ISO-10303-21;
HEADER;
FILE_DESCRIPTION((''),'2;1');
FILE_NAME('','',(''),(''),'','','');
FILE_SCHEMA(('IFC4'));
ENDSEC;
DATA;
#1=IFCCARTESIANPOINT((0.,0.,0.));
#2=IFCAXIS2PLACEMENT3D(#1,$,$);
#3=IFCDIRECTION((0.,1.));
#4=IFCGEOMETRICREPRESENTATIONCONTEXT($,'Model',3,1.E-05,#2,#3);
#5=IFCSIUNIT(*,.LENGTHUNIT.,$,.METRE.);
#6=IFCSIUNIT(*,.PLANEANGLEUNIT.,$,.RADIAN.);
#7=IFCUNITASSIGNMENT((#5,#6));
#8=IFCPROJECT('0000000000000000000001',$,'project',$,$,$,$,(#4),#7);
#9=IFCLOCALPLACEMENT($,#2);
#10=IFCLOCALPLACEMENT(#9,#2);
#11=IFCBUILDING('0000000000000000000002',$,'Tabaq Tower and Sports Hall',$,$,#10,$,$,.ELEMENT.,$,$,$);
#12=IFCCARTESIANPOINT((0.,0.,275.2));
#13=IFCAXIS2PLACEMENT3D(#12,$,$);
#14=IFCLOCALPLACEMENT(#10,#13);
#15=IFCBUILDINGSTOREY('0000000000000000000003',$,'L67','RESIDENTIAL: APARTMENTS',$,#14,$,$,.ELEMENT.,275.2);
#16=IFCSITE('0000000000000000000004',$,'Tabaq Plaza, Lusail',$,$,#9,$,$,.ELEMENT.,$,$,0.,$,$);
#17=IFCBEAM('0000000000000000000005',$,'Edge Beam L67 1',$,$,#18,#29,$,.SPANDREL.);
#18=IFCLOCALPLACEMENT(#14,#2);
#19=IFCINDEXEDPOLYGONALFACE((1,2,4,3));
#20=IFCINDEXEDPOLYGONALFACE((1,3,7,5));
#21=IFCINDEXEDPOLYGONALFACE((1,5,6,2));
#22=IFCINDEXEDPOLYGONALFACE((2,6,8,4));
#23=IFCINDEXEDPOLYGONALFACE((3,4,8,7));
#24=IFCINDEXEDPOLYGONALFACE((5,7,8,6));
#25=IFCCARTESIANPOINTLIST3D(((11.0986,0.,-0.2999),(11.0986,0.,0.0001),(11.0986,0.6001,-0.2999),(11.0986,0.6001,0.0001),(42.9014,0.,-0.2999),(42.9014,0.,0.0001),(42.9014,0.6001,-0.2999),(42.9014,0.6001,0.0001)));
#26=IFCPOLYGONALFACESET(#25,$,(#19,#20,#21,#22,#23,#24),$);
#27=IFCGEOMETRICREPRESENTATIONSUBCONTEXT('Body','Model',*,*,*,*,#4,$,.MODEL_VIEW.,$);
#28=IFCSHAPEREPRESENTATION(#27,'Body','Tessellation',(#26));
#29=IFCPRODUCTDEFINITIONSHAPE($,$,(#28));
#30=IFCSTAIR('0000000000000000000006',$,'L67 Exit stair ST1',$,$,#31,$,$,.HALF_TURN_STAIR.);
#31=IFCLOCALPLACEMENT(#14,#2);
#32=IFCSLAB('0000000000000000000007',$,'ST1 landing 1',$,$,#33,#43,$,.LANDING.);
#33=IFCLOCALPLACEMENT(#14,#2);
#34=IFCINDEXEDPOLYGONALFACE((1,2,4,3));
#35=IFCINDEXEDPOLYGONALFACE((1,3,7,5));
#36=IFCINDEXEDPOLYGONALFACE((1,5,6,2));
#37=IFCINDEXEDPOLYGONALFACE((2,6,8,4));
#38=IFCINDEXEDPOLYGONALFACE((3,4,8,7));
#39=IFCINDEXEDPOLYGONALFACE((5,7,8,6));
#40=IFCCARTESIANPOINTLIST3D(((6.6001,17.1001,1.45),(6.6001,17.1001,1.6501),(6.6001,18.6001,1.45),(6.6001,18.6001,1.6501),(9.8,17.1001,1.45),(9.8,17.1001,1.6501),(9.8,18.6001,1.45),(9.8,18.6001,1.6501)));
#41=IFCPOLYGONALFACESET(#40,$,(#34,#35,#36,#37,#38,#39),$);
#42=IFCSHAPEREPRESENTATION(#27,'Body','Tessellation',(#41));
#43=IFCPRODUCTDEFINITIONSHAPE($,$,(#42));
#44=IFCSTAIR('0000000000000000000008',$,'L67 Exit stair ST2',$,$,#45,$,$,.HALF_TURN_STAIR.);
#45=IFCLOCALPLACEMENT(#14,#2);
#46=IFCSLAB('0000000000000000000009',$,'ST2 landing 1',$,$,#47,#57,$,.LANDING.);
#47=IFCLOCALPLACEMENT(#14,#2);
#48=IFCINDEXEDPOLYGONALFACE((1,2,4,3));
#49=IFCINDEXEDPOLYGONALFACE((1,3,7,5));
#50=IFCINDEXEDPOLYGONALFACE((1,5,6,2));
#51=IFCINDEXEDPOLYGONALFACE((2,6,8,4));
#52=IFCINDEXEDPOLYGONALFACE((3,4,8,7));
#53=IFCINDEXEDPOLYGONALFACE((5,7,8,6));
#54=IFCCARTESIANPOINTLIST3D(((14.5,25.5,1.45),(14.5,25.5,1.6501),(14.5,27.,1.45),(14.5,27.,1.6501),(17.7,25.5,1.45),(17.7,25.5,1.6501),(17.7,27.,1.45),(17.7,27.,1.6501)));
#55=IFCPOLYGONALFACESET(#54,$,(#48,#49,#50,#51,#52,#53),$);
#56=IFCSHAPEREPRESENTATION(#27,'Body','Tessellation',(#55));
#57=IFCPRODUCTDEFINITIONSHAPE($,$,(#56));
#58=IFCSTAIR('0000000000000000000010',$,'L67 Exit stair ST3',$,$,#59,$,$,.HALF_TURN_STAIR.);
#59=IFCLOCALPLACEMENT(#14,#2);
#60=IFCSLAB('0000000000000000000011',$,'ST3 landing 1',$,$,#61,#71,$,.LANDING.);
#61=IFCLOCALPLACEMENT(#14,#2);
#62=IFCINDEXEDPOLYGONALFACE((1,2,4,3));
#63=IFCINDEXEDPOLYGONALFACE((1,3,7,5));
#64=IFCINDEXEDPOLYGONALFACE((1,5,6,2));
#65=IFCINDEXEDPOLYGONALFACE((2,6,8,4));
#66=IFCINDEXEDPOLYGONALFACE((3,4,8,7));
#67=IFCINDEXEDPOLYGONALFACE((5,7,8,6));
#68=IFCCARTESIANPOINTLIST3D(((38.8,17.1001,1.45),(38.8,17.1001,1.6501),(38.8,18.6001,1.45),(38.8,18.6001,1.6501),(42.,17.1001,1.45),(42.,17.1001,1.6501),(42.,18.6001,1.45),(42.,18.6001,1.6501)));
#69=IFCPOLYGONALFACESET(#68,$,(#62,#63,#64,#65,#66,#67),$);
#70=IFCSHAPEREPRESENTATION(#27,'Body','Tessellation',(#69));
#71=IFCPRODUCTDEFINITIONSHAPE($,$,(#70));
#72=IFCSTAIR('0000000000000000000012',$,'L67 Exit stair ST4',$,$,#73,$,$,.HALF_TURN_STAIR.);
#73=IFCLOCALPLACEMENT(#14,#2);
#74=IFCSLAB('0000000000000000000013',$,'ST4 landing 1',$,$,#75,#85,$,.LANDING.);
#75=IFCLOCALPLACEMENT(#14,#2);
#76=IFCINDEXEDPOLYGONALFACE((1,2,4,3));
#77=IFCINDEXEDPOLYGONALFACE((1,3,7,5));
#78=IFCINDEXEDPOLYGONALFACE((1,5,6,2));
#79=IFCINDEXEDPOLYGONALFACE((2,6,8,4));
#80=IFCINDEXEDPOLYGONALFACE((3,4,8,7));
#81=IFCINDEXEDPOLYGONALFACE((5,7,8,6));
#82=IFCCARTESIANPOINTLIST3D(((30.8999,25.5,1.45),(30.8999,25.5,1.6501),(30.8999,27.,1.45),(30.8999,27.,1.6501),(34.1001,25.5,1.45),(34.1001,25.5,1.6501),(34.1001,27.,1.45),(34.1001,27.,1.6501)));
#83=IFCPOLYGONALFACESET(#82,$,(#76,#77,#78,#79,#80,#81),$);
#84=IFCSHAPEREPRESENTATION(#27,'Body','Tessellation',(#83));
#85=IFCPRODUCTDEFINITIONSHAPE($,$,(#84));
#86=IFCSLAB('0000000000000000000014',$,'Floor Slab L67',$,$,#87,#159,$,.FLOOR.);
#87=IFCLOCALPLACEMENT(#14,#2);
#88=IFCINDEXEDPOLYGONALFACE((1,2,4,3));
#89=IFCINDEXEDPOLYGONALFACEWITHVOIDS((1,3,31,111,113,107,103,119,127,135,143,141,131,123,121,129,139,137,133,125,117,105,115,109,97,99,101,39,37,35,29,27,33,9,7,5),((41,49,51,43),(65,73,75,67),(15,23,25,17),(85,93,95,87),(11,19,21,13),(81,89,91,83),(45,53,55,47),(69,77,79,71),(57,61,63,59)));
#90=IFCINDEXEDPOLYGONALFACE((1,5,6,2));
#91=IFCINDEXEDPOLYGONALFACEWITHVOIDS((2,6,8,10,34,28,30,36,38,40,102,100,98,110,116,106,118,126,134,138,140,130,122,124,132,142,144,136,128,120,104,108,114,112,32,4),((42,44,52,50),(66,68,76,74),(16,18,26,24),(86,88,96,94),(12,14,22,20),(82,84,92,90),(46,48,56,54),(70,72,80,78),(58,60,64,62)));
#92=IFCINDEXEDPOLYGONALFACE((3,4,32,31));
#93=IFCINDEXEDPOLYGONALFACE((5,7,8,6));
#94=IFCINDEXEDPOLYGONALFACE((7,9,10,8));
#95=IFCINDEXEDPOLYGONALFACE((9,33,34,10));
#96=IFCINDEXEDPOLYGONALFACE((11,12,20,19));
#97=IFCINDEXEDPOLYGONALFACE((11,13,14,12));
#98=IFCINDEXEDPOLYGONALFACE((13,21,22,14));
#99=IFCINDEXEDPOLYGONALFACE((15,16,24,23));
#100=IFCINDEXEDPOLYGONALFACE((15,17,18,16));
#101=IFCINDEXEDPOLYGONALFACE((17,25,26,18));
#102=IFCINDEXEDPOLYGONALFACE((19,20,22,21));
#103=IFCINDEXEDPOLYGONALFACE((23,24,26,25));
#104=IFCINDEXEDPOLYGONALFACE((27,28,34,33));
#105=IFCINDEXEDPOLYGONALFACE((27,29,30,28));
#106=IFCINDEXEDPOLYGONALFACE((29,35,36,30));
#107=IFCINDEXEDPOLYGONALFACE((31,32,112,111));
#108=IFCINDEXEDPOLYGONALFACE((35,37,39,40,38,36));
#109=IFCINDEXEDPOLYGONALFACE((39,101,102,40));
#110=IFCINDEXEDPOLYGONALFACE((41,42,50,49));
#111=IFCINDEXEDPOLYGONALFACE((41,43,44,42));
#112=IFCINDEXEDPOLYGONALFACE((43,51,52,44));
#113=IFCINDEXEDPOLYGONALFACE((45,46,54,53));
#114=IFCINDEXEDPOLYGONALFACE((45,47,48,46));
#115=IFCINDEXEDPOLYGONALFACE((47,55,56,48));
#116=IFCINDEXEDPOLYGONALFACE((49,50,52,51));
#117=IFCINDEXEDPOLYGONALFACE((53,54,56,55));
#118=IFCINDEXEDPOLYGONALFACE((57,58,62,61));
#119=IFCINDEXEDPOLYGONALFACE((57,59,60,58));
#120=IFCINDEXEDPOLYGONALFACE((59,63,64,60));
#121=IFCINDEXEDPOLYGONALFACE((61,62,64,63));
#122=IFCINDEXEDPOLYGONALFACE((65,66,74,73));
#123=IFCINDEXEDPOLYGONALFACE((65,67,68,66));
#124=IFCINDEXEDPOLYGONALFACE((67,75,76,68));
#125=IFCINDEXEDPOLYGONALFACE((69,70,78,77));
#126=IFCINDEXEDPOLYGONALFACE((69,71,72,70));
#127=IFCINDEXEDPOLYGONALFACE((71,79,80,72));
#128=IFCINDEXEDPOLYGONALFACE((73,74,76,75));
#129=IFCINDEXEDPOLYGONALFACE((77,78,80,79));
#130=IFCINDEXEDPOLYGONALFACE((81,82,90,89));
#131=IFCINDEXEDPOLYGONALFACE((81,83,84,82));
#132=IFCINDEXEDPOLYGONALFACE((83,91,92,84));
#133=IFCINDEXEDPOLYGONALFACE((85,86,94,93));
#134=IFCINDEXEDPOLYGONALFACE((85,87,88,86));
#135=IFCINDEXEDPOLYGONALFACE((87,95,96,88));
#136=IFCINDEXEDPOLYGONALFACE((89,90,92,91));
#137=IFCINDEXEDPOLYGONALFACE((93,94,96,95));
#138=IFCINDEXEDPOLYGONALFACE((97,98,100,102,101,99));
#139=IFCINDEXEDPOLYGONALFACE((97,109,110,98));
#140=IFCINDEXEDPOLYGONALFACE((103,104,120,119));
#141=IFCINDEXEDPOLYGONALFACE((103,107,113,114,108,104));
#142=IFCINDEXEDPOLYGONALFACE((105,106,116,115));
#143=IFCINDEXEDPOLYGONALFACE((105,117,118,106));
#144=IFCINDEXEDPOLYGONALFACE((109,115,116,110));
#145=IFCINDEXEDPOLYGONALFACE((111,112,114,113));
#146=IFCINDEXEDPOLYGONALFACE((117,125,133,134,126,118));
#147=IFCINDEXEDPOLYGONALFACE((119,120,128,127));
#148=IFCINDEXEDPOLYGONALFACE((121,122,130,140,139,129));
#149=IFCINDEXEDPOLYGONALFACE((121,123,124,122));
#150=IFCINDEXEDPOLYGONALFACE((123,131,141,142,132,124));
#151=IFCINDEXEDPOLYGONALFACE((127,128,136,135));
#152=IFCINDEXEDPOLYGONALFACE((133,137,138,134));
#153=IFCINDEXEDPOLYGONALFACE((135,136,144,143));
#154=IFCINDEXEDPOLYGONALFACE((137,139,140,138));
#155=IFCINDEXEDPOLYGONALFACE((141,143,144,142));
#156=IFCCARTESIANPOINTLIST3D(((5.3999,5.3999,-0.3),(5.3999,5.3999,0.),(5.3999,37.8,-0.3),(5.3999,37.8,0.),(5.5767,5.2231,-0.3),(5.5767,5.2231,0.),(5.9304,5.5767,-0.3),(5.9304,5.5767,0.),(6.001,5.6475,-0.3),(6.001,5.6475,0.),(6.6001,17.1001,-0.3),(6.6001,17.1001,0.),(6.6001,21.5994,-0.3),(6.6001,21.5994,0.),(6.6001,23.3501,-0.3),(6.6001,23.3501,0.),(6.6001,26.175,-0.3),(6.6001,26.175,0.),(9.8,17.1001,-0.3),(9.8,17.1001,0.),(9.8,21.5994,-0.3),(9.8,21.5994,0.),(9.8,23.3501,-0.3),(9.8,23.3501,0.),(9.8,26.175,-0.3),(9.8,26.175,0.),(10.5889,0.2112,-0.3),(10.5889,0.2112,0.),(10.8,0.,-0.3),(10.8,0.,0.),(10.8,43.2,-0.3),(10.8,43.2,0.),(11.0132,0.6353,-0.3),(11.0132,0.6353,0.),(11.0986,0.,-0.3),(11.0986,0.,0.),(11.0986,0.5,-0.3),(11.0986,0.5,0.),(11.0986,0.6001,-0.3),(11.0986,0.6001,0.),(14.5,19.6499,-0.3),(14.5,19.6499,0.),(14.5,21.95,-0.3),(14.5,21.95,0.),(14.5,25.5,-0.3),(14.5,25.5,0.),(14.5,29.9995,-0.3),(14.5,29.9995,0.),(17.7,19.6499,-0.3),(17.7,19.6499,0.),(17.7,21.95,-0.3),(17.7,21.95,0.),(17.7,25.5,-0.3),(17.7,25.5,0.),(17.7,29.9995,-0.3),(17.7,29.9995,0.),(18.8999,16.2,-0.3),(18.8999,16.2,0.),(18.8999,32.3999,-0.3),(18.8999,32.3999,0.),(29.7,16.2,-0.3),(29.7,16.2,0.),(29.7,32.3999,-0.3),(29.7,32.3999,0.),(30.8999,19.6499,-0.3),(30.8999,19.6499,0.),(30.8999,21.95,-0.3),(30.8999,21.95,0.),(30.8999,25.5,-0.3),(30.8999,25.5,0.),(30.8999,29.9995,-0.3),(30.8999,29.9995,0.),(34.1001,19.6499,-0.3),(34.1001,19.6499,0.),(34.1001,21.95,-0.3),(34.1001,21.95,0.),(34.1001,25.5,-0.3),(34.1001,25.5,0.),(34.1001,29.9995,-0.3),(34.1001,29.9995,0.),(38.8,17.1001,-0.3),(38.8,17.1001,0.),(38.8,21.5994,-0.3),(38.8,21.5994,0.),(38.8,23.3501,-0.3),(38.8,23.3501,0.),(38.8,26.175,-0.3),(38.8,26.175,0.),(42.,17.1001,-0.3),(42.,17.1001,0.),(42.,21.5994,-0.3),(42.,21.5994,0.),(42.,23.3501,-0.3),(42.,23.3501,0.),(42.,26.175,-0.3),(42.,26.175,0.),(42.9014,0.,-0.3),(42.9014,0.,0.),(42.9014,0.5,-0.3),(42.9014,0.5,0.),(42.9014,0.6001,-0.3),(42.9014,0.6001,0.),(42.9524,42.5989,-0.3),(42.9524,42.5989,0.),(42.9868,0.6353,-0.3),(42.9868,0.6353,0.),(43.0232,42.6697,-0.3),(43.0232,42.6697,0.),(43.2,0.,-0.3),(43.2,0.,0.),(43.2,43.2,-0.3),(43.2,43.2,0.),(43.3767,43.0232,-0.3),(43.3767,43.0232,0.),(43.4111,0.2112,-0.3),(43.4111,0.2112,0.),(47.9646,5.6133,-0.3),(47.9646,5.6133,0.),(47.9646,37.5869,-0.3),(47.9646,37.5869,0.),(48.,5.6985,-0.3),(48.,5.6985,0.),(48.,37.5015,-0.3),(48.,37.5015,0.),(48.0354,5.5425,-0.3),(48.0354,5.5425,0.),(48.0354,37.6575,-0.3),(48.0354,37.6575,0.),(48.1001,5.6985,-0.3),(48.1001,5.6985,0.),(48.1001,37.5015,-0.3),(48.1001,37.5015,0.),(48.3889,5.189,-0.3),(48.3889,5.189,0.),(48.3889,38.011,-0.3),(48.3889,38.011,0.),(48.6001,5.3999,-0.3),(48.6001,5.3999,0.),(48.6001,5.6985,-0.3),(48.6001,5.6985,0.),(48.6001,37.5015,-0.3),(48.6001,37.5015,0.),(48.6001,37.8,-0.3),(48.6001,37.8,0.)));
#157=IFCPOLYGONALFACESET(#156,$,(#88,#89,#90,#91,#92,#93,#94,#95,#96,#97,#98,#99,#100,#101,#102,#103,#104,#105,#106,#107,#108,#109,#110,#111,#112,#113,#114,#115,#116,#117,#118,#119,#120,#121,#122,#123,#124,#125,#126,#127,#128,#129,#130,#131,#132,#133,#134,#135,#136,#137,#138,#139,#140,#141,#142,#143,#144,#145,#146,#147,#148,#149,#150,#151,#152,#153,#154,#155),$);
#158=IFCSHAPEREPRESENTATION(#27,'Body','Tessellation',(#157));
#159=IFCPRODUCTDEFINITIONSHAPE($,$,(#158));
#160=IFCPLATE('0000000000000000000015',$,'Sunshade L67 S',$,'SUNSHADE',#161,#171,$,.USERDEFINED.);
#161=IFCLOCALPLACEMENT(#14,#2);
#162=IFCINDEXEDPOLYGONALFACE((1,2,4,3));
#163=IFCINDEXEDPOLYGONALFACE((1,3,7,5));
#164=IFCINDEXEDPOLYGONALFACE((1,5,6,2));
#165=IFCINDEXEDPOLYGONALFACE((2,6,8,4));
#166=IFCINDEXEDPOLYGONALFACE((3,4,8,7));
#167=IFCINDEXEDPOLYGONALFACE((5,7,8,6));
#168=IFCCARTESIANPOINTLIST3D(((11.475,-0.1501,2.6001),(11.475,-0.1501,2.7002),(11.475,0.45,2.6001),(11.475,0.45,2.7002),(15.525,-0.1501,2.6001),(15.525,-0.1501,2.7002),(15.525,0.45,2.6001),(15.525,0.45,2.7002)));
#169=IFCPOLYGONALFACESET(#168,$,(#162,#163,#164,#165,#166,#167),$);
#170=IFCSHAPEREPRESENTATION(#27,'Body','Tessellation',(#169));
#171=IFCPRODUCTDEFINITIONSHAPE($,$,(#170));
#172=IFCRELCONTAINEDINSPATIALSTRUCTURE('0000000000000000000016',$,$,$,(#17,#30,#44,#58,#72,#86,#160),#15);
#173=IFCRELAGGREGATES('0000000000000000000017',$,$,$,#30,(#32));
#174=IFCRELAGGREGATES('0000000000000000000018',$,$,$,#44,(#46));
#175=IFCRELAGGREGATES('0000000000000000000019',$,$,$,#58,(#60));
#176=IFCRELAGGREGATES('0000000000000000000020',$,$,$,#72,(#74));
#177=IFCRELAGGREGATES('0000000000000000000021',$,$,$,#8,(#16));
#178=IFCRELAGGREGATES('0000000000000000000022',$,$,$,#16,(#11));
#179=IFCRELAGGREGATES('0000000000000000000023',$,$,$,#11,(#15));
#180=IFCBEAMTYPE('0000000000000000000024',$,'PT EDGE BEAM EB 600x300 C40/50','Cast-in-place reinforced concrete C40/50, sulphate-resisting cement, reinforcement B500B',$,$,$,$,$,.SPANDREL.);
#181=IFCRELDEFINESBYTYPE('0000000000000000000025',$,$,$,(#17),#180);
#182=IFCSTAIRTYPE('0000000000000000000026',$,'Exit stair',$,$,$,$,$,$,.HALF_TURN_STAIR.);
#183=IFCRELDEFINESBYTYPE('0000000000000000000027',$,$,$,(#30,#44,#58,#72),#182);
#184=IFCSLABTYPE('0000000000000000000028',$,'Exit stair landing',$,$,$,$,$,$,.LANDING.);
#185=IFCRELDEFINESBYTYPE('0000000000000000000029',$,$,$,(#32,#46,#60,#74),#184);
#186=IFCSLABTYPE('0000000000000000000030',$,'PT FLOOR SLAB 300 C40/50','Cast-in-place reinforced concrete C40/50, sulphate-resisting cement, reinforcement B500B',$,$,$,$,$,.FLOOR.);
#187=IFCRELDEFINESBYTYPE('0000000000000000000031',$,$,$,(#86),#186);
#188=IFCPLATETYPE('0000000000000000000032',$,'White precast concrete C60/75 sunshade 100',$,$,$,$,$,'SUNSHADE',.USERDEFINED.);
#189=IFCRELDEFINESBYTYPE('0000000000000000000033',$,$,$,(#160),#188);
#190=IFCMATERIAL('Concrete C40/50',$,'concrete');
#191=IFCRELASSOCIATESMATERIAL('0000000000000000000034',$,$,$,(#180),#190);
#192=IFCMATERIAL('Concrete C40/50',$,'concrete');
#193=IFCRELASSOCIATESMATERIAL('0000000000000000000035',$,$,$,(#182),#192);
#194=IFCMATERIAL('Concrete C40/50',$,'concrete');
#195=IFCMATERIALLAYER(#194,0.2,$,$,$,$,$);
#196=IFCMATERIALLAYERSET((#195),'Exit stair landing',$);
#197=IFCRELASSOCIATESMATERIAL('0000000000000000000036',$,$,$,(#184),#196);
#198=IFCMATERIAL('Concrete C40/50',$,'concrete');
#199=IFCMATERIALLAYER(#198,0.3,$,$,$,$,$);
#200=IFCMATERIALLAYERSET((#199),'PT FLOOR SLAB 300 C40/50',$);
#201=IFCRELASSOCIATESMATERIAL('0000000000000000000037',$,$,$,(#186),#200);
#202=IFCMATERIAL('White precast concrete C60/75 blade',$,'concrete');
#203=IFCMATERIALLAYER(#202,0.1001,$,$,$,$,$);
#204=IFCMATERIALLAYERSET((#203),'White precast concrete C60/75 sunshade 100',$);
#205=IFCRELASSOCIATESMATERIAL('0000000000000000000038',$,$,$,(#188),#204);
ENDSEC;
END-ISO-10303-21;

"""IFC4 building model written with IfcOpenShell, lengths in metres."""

from ifc_helpers import new_model, si_unit, direction, frame, origin, origin_2d, place, context, subcontext, project, spatial, polyline, rectangle, outline, extrude, material, layer, layer_set, material_profile, profile_set, type_object, element, aggregate, save


model = new_model("IFC4")

# Units and contexts
model_context = context("Model", 3, precision=1e-05, world=origin(), true_north=direction((0.0, 1.0)))
body_context = subcontext(model_context, "Body", "Model", "MODEL_VIEW")
ifc_project = project(units=[si_unit("LENGTHUNIT", "METRE"), si_unit("PLANEANGLEUNIT", "RADIAN")], contexts=[model_context])

# Site, building, storey
site_placement = place(None, origin())
site = spatial("IfcSite", under=ifc_project, at=site_placement, Name="Tabaq Plaza, Lusail", CompositionType="ELEMENT", RefElevation=0.0)
building_placement = place(site_placement, origin())
building = spatial("IfcBuilding", under=site, at=building_placement, Name="Tabaq Tower and Sports Hall", CompositionType="ELEMENT")
storey_placement = place(building_placement, frame((0.0, 0.0, 275.2)))
storey = spatial("IfcBuildingStorey", under=building, at=storey_placement, Name="L67", Description="RESIDENTIAL: APARTMENTS", CompositionType="ELEMENT", Elevation=275.2)

# Beam
ifc_material_1 = material(Name="Concrete C40/50", Category="concrete")
ifc_material_profile = material_profile(ifc_material_1, rectangle(XDim=0.6001, YDim=0.3, at=origin_2d()), Name="EB 600x300")
ifc_profile_set = profile_set([ifc_material_profile], Name="Concrete C40/50")
beam_type = type_object("IfcBeamType", Name="PT EDGE BEAM EB 600x300 C40/50", Description="Cast-in-place reinforced concrete C40/50, sulphate-resisting cement, reinforcement B500B", PredefinedType="SPANDREL", material=ifc_profile_set)
beam_placement = place(storey_placement, frame((11.0986, 0.3, -0.1499), z_axis=(1.0, 0.0, 0.0), x_axis=(0.0, 1.0, 0.0)))
element("IfcBeam", 1, at=beam_placement, inside=storey, type_object=beam_type, Name="Edge Beam L67 1", PredefinedType="SPANDREL", context=body_context, shape_type="SweptSolid", body=[
    extrude(rectangle(XDim=0.6001, YDim=0.3, at=origin_2d()), origin(), (0.0, 0.0, 1.0), 31.8027),
])

# Stairs, slabs
ifc_material_2 = material(Name="Concrete C40/50", Category="concrete")
stair_type = type_object("IfcStairType", Name="Exit stair", PredefinedType="HALF_TURN_STAIR", material=ifc_material_2)
stair_1_placement = place(storey_placement, origin())
stair_1 = element("IfcStair", 2, at=stair_1_placement, inside=storey, type_object=stair_type, Name="L67 Exit stair ST1", PredefinedType="HALF_TURN_STAIR")
ifc_material_3 = material(Name="Concrete C40/50", Category="concrete")
ifc_layer_1 = layer(ifc_material_3, 0.2)
ifc_layer_set_1 = layer_set([ifc_layer_1], Name="Exit stair landing")
slab_type_1 = type_object("IfcSlabType", Name="Exit stair landing", PredefinedType="LANDING", material=ifc_layer_set_1)
slab_1_placement = place(storey_placement, frame((0.0, 0.0, 1.45)))
slab_1 = element("IfcSlab", 3, at=slab_1_placement, type_object=slab_type_1, Name="ST1 landing 1", PredefinedType="LANDING", context=body_context, shape_type="SweptSolid", body=[
    extrude(outline(polyline([(6.6001, 18.6001), (6.6001, 17.1001), (9.8, 17.1001), (9.8, 18.6001), (6.6001, 18.6001)])), origin(), (0.0, 0.0, 1.0), 0.2002),
])
aggregate(stair_1, [slab_1])
stair_2_placement = place(storey_placement, origin())
stair_2 = element("IfcStair", 4, at=stair_2_placement, inside=storey, type_object=stair_type, Name="L67 Exit stair ST2", PredefinedType="HALF_TURN_STAIR")
slab_2_placement = place(storey_placement, frame((0.0, 0.0, 1.45)))
slab_2 = element("IfcSlab", 5, at=slab_2_placement, type_object=slab_type_1, Name="ST2 landing 1", PredefinedType="LANDING", context=body_context, shape_type="SweptSolid", body=[
    extrude(outline(polyline([(14.5, 27.0), (14.5, 25.5), (17.7, 25.5), (17.7, 27.0), (14.5, 27.0)])), origin(), (0.0, 0.0, 1.0), 0.2002),
])
aggregate(stair_2, [slab_2])
stair_3_placement = place(storey_placement, origin())
stair_3 = element("IfcStair", 6, at=stair_3_placement, inside=storey, type_object=stair_type, Name="L67 Exit stair ST3", PredefinedType="HALF_TURN_STAIR")
slab_3_placement = place(storey_placement, frame((0.0, 0.0, 1.45)))
slab_3 = element("IfcSlab", 7, at=slab_3_placement, type_object=slab_type_1, Name="ST3 landing 1", PredefinedType="LANDING", context=body_context, shape_type="SweptSolid", body=[
    extrude(outline(polyline([(38.8, 18.6001), (38.8, 17.1001), (42.0, 17.1001), (42.0, 18.6001), (38.8, 18.6001)])), origin(), (0.0, 0.0, 1.0), 0.2002),
])
aggregate(stair_3, [slab_3])
stair_4_placement = place(storey_placement, origin())
stair_4 = element("IfcStair", 8, at=stair_4_placement, inside=storey, type_object=stair_type, Name="L67 Exit stair ST4", PredefinedType="HALF_TURN_STAIR")
slab_4_placement = place(storey_placement, frame((0.0, 0.0, 1.45)))
slab_4 = element("IfcSlab", 9, at=slab_4_placement, type_object=slab_type_1, Name="ST4 landing 1", PredefinedType="LANDING", context=body_context, shape_type="SweptSolid", body=[
    extrude(outline(polyline([(30.8999, 27.0), (30.8999, 25.5), (34.1001, 25.5), (34.1001, 27.0), (30.8999, 27.0)])), origin(), (0.0, 0.0, 1.0), 0.2002),
])
aggregate(stair_4, [slab_4])

# Slab
ifc_material_4 = material(Name="Concrete C40/50", Category="concrete")
ifc_layer_2 = layer(ifc_material_4, 0.3)
ifc_layer_set_2 = layer_set([ifc_layer_2], Name="PT FLOOR SLAB 300 C40/50")
slab_type_2 = type_object("IfcSlabType", Name="PT FLOOR SLAB 300 C40/50", Description="Cast-in-place reinforced concrete C40/50, sulphate-resisting cement, reinforcement B500B", PredefinedType="FLOOR", material=ifc_layer_set_2)
slab_5_placement = place(storey_placement, frame((0.0, 0.0, -0.3)))
element("IfcSlab", 10, at=slab_5_placement, inside=storey, type_object=slab_type_2, Name="Floor Slab L67", PredefinedType="FLOOR", context=body_context, shape_type="SweptSolid", body=[
    extrude(outline(polyline([(5.3999, 37.8), (5.3999, 5.3999), (5.5767, 5.2231), (5.9304, 5.5767), (6.001, 5.6475), (11.0132, 0.6353), (10.5889, 0.2112), (10.8, 0.0), (11.0986, 0.0), (11.0986, 0.5), (11.0986, 0.6001), (42.9014, 0.6001), (42.9014, 0.5), (42.9014, 0.0), (43.2, 0.0), (43.4111, 0.2112), (42.9868, 0.6353), (47.9646, 5.6133), (48.0354, 5.5425), (48.3889, 5.189), (48.6001, 5.3999), (48.6001, 5.6985), (48.1001, 5.6985), (48.0, 5.6985), (48.0, 37.5015), (48.1001, 37.5015), (48.6001, 37.5015), (48.6001, 37.8), (48.3889, 38.011), (48.0354, 37.6575), (47.9646, 37.5869), (42.9524, 42.5989), (43.0232, 42.6697), (43.3767, 43.0232), (43.2, 43.2), (10.8, 43.2), (5.3999, 37.8)]), holes=[polyline([(6.6001, 21.5994), (9.8, 21.5994), (9.8, 17.1001), (6.6001, 17.1001), (6.6001, 21.5994)]), polyline([(38.8, 21.5994), (42.0, 21.5994), (42.0, 17.1001), (38.8, 17.1001), (38.8, 21.5994)]), polyline([(14.5, 21.95), (17.7, 21.95), (17.7, 19.6499), (14.5, 19.6499), (14.5, 21.95)]), polyline([(30.8999, 21.95), (34.1001, 21.95), (34.1001, 19.6499), (30.8999, 19.6499), (30.8999, 21.95)]), polyline([(18.8999, 16.2), (18.8999, 32.3999), (29.7, 32.3999), (29.7, 16.2), (18.8999, 16.2)]), polyline([(6.6001, 26.175), (9.8, 26.175), (9.8, 23.3501), (6.6001, 23.3501), (6.6001, 26.175)]), polyline([(38.8, 26.175), (42.0, 26.175), (42.0, 23.3501), (38.8, 23.3501), (38.8, 26.175)]), polyline([(17.7, 29.9995), (17.7, 25.5), (14.5, 25.5), (14.5, 29.9995), (17.7, 29.9995)]), polyline([(34.1001, 29.9995), (34.1001, 25.5), (30.8999, 25.5), (30.8999, 29.9995), (34.1001, 29.9995)])]), origin(), (0.0, 0.0, 1.0), 0.3),
])

# Plate
ifc_material_5 = material(Name="White precast concrete C60/75 blade", Category="concrete")
ifc_layer_3 = layer(ifc_material_5, 0.1001)
ifc_layer_set_3 = layer_set([ifc_layer_3], Name="White precast concrete C60/75 sunshade 100")
plate_type = type_object("IfcPlateType", Name="White precast concrete C60/75 sunshade 100", ElementType="SUNSHADE", PredefinedType="USERDEFINED", material=ifc_layer_set_3)
plate_placement = place(storey_placement, frame((13.5, 0.1499, 2.6001), z_axis=(0.0, 0.0, 1.0), x_axis=(1.0, 0.0, 0.0)))
element("IfcPlate", 11, at=plate_placement, inside=storey, type_object=plate_type, Name="Sunshade L67 S", ObjectType="SUNSHADE", PredefinedType="USERDEFINED", context=body_context, shape_type="SweptSolid", body=[
    extrude(rectangle(XDim=4.05, YDim=0.6001, at=origin_2d()), origin(), (0.0, 0.0, 1.0), 0.1001),
])

save(model, "model.ifc")
